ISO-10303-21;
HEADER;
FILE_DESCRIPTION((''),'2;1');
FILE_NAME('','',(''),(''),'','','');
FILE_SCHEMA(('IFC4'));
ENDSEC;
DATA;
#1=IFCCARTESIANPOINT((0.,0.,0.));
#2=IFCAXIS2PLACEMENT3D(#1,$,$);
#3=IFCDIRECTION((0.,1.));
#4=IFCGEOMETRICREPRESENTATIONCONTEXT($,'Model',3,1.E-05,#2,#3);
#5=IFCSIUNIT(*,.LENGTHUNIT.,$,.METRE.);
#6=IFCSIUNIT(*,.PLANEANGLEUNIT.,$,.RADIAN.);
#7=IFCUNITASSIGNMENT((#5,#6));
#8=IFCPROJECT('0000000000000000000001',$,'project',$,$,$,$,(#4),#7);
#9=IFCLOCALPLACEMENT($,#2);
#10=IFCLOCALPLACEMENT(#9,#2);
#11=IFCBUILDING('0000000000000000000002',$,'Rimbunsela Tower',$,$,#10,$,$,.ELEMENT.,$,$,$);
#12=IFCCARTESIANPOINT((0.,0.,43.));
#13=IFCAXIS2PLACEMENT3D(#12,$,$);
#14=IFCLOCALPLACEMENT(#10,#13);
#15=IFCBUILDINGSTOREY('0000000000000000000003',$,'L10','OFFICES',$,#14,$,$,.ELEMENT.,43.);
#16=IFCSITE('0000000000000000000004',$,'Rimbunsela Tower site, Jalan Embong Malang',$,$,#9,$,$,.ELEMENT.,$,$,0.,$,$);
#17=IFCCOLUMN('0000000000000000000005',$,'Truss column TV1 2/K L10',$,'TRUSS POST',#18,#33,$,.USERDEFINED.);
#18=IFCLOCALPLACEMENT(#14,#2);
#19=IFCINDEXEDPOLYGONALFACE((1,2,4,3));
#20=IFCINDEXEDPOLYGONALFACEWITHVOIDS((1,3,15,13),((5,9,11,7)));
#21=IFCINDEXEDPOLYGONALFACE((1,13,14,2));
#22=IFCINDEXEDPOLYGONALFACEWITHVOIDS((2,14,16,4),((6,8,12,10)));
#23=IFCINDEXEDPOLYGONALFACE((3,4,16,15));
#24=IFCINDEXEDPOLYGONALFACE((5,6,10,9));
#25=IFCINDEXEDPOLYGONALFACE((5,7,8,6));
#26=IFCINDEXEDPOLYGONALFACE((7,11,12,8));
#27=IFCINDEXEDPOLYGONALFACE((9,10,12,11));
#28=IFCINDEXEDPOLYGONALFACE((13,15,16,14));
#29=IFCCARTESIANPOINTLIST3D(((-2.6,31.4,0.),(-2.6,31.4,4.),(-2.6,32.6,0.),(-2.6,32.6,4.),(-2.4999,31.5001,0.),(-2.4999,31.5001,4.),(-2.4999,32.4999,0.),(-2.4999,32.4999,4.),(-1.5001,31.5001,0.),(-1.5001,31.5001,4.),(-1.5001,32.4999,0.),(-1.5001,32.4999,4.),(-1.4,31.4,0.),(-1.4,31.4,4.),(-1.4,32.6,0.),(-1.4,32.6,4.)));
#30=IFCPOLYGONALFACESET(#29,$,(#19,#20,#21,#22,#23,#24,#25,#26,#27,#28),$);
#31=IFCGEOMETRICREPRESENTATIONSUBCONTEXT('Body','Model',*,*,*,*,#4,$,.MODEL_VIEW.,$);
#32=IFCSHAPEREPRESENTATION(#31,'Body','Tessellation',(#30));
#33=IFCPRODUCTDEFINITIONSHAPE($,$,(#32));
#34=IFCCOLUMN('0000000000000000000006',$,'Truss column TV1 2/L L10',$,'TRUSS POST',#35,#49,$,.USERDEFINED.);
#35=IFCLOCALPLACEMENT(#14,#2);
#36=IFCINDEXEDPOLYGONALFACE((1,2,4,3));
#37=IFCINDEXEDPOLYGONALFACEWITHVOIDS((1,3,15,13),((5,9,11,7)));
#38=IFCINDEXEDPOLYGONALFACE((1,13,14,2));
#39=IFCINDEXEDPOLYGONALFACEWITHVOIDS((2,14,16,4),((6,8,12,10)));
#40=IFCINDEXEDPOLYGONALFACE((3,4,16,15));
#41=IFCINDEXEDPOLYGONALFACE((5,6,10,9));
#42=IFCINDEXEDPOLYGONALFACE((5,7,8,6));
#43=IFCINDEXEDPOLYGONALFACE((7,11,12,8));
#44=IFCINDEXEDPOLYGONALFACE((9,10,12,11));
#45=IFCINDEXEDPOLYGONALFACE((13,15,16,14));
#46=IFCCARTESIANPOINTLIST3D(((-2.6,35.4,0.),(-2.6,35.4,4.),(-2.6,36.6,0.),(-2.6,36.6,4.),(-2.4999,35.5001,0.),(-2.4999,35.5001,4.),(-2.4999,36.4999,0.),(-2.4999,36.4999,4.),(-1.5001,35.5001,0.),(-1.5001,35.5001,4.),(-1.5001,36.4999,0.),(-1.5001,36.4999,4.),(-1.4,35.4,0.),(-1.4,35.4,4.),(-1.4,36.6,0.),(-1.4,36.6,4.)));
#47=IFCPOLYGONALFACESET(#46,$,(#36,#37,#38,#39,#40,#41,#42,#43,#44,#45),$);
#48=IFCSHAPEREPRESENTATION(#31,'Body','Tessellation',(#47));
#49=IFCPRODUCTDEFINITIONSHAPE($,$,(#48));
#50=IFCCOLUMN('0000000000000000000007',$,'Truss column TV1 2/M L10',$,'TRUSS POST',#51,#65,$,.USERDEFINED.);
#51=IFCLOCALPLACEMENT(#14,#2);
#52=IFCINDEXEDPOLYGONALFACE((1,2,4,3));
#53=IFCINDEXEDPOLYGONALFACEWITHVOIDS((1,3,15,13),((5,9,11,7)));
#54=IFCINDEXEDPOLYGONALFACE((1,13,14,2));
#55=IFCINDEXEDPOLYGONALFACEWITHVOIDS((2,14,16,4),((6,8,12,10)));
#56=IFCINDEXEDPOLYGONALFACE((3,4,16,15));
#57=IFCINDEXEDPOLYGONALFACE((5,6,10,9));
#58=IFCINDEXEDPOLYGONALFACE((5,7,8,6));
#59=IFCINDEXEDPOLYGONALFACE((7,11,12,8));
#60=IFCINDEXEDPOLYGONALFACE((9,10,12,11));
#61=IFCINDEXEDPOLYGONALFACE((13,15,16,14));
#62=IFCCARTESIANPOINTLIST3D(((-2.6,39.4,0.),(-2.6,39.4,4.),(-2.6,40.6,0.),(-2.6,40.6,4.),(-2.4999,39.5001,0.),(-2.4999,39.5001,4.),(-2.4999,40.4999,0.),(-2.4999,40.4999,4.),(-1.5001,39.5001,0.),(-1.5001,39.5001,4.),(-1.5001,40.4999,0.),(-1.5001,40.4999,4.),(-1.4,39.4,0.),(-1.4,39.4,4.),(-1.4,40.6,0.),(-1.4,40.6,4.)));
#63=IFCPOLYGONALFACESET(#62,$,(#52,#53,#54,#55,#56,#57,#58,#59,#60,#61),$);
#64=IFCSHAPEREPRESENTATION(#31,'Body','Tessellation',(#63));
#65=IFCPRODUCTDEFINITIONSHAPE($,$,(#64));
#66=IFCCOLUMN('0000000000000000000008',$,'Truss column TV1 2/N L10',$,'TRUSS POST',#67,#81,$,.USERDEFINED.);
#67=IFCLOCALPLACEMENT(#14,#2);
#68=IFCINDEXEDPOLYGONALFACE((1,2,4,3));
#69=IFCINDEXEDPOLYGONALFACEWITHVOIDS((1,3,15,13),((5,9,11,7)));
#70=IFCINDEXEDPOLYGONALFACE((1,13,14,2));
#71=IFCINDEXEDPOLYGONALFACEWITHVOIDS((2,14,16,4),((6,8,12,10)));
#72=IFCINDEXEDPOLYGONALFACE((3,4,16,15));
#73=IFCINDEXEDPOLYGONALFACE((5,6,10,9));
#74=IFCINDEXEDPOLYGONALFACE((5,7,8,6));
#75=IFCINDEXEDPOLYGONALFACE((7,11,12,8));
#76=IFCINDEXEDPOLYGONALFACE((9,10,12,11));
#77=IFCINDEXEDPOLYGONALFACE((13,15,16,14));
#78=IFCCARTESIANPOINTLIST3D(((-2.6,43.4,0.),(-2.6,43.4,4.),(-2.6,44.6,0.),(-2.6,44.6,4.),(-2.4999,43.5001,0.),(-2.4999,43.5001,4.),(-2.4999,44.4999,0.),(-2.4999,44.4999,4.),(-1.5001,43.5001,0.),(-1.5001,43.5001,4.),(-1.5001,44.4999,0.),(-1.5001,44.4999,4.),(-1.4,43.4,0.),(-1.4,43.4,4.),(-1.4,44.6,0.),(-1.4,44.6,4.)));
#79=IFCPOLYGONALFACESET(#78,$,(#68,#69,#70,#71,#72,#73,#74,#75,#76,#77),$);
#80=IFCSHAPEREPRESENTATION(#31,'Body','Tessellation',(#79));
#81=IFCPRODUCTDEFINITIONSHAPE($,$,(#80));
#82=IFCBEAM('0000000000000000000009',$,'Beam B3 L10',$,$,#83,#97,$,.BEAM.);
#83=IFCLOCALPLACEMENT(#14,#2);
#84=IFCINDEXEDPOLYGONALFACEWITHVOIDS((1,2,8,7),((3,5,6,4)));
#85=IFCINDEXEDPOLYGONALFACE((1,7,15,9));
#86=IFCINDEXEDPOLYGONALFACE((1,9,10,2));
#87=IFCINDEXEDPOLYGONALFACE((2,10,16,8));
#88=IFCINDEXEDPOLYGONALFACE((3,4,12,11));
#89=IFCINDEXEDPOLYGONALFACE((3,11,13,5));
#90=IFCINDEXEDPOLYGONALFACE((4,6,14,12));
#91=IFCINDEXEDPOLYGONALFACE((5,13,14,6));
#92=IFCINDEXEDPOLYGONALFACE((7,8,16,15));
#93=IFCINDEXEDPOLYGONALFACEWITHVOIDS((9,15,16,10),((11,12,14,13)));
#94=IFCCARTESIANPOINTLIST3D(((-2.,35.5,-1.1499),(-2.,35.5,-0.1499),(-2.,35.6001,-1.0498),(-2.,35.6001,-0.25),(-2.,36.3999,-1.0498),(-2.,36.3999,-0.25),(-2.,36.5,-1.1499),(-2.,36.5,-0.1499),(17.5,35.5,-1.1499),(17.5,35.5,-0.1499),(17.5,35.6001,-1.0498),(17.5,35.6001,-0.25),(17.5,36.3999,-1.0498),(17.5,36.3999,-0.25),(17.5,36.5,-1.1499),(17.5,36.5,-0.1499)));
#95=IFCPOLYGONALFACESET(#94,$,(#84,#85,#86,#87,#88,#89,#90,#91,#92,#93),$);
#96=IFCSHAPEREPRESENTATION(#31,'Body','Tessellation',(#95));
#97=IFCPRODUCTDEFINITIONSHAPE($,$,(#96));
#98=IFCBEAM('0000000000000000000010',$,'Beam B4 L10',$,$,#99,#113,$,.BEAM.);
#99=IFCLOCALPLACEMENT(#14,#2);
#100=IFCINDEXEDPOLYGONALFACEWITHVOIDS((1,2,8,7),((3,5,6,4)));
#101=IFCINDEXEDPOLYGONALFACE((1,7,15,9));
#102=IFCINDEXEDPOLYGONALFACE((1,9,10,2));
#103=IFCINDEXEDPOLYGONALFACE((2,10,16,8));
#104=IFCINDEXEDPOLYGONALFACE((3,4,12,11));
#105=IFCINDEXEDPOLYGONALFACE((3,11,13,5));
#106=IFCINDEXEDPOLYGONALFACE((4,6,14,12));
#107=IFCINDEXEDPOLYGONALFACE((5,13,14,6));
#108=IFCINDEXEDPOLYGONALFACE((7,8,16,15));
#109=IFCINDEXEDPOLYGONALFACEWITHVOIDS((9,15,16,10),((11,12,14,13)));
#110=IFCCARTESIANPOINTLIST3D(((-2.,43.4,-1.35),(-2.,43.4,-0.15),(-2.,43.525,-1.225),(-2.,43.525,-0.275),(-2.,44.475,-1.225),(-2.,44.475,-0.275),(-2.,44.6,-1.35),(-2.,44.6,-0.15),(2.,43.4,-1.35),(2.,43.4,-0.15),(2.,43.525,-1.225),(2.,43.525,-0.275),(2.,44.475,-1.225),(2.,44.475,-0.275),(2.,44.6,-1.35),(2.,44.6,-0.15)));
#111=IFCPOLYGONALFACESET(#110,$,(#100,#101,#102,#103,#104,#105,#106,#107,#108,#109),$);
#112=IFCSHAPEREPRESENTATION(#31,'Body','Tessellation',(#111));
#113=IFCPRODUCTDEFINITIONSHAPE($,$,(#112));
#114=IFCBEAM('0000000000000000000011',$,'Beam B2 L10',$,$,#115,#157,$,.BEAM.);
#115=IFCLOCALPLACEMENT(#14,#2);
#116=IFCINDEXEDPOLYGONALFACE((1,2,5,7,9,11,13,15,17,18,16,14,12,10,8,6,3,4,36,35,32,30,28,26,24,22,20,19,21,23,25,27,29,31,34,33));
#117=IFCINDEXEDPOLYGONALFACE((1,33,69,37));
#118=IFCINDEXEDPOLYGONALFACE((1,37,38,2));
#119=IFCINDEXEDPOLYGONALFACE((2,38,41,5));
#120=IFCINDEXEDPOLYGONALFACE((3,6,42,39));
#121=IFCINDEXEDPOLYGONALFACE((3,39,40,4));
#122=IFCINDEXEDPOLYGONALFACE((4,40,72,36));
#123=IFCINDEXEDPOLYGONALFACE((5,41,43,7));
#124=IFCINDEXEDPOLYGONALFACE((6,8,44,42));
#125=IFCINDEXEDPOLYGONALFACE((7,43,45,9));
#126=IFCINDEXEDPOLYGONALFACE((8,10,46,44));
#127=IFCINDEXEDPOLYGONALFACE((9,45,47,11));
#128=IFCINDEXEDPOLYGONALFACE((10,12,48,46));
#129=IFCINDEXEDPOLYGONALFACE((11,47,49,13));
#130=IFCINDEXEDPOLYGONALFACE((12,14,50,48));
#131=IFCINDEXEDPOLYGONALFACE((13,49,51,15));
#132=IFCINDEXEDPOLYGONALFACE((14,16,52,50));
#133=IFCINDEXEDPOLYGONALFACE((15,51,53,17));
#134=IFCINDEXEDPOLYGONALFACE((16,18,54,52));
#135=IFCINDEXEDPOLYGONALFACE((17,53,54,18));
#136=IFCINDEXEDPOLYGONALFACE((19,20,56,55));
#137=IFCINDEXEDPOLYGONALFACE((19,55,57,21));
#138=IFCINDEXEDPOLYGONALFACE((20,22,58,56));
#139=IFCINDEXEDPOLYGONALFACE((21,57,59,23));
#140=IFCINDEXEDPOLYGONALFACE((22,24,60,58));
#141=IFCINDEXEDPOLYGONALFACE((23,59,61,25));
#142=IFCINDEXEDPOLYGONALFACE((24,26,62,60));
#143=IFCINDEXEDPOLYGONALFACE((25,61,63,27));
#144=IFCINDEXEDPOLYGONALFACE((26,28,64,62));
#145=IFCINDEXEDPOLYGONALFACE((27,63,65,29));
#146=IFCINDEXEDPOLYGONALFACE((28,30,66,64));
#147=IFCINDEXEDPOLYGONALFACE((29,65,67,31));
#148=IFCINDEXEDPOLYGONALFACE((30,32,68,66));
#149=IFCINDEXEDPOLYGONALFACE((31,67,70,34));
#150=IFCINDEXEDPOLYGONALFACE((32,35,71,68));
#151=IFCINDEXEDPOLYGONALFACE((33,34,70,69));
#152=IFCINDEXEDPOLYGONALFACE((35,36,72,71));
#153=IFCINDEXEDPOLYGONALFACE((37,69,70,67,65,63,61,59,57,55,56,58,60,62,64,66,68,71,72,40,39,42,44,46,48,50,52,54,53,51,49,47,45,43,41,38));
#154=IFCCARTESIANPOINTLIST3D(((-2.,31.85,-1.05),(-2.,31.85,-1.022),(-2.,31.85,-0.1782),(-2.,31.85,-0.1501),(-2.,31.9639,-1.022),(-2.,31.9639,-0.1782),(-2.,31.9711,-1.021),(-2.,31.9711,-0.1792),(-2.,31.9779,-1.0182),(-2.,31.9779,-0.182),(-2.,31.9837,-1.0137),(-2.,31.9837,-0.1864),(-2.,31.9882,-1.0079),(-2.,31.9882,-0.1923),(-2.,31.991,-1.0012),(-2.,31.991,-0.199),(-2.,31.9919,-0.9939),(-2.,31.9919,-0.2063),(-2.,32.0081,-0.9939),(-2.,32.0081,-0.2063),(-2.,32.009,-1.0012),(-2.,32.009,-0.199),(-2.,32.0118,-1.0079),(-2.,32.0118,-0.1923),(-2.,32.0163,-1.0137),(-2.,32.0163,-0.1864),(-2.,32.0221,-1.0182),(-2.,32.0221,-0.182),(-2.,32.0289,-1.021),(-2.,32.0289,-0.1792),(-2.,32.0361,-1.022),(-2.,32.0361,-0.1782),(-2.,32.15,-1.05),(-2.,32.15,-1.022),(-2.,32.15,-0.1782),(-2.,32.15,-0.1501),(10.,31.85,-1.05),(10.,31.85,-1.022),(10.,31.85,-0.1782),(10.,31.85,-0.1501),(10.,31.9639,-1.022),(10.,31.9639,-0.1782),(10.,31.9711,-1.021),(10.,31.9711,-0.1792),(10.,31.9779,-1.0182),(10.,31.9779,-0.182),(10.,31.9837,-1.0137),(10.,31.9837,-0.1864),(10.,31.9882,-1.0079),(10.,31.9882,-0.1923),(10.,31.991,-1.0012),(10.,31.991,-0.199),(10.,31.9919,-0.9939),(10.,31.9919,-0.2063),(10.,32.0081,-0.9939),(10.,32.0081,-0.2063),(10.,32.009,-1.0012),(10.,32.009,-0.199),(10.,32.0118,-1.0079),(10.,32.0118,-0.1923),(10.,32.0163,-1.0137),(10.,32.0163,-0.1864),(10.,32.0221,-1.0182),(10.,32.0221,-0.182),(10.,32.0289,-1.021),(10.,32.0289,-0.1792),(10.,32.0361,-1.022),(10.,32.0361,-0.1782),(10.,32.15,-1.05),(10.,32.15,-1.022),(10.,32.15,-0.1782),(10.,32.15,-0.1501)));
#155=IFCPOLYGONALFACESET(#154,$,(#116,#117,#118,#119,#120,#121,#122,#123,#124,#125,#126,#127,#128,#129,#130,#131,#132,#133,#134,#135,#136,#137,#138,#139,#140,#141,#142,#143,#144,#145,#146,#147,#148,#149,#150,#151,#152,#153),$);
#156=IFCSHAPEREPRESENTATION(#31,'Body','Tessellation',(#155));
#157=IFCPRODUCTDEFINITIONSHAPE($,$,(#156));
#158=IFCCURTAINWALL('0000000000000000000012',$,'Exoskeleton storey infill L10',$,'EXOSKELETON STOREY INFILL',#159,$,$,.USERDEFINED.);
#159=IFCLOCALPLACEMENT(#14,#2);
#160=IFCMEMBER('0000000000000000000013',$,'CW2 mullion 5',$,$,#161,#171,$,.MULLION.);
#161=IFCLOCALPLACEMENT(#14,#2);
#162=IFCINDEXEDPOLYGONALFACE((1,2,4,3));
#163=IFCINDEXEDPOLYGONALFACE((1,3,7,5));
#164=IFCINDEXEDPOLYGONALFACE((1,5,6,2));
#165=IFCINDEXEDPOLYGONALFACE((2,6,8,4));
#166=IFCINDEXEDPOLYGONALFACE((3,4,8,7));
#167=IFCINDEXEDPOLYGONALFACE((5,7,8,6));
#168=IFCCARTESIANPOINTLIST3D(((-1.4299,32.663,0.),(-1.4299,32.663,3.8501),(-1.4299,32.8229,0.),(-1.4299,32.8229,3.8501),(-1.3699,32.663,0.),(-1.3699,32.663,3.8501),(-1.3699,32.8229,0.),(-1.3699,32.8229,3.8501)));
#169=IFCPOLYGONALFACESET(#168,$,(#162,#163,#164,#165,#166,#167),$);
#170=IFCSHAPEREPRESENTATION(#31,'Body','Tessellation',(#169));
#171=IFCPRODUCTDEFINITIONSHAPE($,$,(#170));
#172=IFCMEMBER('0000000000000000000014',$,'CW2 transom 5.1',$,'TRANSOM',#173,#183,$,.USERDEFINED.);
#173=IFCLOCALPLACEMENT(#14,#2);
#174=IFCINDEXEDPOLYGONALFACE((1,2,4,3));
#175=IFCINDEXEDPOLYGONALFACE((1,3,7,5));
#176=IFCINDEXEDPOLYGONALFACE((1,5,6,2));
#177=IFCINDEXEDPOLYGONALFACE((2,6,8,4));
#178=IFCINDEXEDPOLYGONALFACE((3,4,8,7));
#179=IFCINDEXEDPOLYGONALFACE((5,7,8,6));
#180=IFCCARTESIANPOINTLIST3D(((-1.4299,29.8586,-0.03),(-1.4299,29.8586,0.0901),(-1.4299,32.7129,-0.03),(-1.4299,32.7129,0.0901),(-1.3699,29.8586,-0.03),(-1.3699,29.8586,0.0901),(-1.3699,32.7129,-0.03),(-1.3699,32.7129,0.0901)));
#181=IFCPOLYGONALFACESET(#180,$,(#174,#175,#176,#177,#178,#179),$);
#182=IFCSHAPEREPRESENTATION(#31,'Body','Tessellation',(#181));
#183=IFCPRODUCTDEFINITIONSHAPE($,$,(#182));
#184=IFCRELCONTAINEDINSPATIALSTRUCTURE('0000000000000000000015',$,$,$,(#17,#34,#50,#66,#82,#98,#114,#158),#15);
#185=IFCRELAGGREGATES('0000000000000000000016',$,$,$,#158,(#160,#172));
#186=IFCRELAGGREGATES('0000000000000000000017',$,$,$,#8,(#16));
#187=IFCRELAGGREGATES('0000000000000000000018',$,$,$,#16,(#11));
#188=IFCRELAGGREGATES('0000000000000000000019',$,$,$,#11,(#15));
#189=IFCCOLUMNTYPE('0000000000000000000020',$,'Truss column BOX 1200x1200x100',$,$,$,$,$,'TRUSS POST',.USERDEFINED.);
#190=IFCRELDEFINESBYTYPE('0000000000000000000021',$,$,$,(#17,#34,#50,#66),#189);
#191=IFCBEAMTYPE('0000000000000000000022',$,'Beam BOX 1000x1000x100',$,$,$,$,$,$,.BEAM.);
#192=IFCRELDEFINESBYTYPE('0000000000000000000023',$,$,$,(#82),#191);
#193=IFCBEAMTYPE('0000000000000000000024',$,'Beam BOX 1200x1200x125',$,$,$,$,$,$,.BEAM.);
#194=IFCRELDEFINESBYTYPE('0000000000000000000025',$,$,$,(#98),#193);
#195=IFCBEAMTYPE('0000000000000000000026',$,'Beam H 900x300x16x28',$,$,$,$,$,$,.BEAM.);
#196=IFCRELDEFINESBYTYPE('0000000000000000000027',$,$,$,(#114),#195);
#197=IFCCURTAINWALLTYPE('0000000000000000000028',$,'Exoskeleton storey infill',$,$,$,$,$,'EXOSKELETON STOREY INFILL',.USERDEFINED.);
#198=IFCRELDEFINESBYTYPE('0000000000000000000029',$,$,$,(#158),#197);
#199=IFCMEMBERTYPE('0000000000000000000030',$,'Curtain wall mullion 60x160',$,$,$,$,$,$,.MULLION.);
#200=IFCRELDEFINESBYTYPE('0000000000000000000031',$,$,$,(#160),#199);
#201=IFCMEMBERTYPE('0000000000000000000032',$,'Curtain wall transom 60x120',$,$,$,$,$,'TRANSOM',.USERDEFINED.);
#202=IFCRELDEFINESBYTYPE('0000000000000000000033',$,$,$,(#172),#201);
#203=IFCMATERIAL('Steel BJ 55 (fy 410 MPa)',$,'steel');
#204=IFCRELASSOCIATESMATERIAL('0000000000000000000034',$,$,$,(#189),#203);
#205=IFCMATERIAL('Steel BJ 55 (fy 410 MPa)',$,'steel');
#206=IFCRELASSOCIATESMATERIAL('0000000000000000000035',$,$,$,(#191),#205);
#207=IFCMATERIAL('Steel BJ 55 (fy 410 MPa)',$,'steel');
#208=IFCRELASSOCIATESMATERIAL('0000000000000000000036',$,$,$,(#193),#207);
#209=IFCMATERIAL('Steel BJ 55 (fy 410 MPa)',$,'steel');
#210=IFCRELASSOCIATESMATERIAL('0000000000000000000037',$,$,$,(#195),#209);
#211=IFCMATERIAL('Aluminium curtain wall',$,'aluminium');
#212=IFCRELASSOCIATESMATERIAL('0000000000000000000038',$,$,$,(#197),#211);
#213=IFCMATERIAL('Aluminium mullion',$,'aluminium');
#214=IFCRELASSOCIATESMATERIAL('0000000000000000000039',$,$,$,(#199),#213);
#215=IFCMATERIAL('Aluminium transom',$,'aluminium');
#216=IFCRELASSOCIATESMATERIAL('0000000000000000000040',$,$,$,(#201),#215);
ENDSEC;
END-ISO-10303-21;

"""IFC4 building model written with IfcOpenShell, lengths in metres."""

from ifc_helpers import new_model, si_unit, direction, frame, origin, origin_2d, place, context, subcontext, project, spatial, rectangle, hollow_rectangle, i_section, extrude, material, material_profile, profile_set, type_object, element, aggregate, save


model = new_model("IFC4")

# Units and contexts
model_context = context("Model", 3, precision=1e-05, world=origin(), true_north=direction((0.0, 1.0)))
body_context = subcontext(model_context, "Body", "Model", "MODEL_VIEW")
ifc_project = project(units=[si_unit("LENGTHUNIT", "METRE"), si_unit("PLANEANGLEUNIT", "RADIAN")], contexts=[model_context])

# Site, building, storey
site_placement = place(None, origin())
site = spatial("IfcSite", under=ifc_project, at=site_placement, Name="Rimbunsela Tower site, Jalan Embong Malang", CompositionType="ELEMENT", RefElevation=0.0)
building_placement = place(site_placement, origin())
building = spatial("IfcBuilding", under=site, at=building_placement, Name="Rimbunsela Tower", CompositionType="ELEMENT")
storey_placement = place(building_placement, frame((0.0, 0.0, 43.0)))
storey = spatial("IfcBuildingStorey", under=building, at=storey_placement, Name="L10", Description="OFFICES", CompositionType="ELEMENT", Elevation=43.0)

# Columns
ifc_material_1 = material(Name="Steel BJ 55 (fy 410 MPa)", Category="steel")
ifc_material_profile_1 = material_profile(ifc_material_1, hollow_rectangle(XDim=1.2, YDim=1.2, WallThickness=0.1001, at=origin_2d()), Name="BOX 1200x1200x100")
ifc_profile_set_1 = profile_set([ifc_material_profile_1], Name="Steel BJ 55 (fy 410 MPa)")
column_type = type_object("IfcColumnType", Name="Truss column BOX 1200x1200x100", ElementType="TRUSS POST", PredefinedType="USERDEFINED", material=ifc_profile_set_1)
for number, where, z_axis, x_axis, name in (
    (1, (-2.0, 32.0, 0.0), (0.0, 0.0, 1.0), (1.0, 0.0, 0.0), "Truss column TV1 2/K L10"),
    (2, (-2.0, 36.0, 0.0), (0.0, 0.0, 1.0), (1.0, 0.0, 0.0), "Truss column TV1 2/L L10"),
    (3, (-2.0, 40.0, 0.0), (0.0, 0.0, 1.0), (1.0, 0.0, 0.0), "Truss column TV1 2/M L10"),
    (4, (-2.0, 44.0, 0.0), (0.0, 0.0, 1.0), (1.0, 0.0, 0.0), "Truss column TV1 2/N L10"),
):
    element("IfcColumn", number, at=place(storey_placement, frame(where, z_axis=z_axis, x_axis=x_axis)), inside=storey, type_object=column_type, Name=name, ObjectType="TRUSS POST", PredefinedType="USERDEFINED", context=body_context, shape_type="SweptSolid", body=[
        extrude(hollow_rectangle(XDim=1.2, YDim=1.2, WallThickness=0.1001, at=origin_2d()), origin(), (0.0, 0.0, 1.0), 4.0),
    ])

# Beams
ifc_material_2 = material(Name="Steel BJ 55 (fy 410 MPa)", Category="steel")
ifc_material_profile_2 = material_profile(ifc_material_2, hollow_rectangle(XDim=1.0, YDim=1.0, WallThickness=0.1001, at=origin_2d()), Name="BOX 1000x1000x100")
ifc_profile_set_2 = profile_set([ifc_material_profile_2], Name="Steel BJ 55 (fy 410 MPa)")
beam_type_1 = type_object("IfcBeamType", Name="Beam BOX 1000x1000x100", PredefinedType="BEAM", material=ifc_profile_set_2)
beam_1_placement = place(storey_placement, frame((-2.0, 36.0, -0.6499), z_axis=(1.0, 0.0, 0.0), x_axis=(0.0, 1.0, 0.0)))
element("IfcBeam", 5, at=beam_1_placement, inside=storey, type_object=beam_type_1, Name="Beam B3 L10", PredefinedType="BEAM", context=body_context, shape_type="SweptSolid", body=[
    extrude(hollow_rectangle(XDim=1.0, YDim=1.0, WallThickness=0.1001, at=origin_2d()), origin(), (0.0, 0.0, 1.0), 19.5),
])
ifc_material_3 = material(Name="Steel BJ 55 (fy 410 MPa)", Category="steel")
ifc_material_profile_3 = material_profile(ifc_material_3, hollow_rectangle(XDim=1.2, YDim=1.2, WallThickness=0.125, at=origin_2d()), Name="BOX 1200x1200x125")
ifc_profile_set_3 = profile_set([ifc_material_profile_3], Name="Steel BJ 55 (fy 410 MPa)")
beam_type_2 = type_object("IfcBeamType", Name="Beam BOX 1200x1200x125", PredefinedType="BEAM", material=ifc_profile_set_3)
beam_2_placement = place(storey_placement, frame((-2.0, 44.0, -0.75), z_axis=(1.0, 0.0, 0.0), x_axis=(0.0, 1.0, 0.0)))
element("IfcBeam", 6, at=beam_2_placement, inside=storey, type_object=beam_type_2, Name="Beam B4 L10", PredefinedType="BEAM", context=body_context, shape_type="SweptSolid", body=[
    extrude(hollow_rectangle(XDim=1.2, YDim=1.2, WallThickness=0.125, at=origin_2d()), origin(), (0.0, 0.0, 1.0), 4.0),
])
ifc_material_4 = material(Name="Steel BJ 55 (fy 410 MPa)", Category="steel")
ifc_material_profile_4 = material_profile(ifc_material_4, i_section(OverallWidth=0.3, OverallDepth=0.8999, WebThickness=0.0161, FlangeThickness=0.0281, FilletRadius=0.0281, at=origin_2d()), Name="H 900x300x16x28")
ifc_profile_set_4 = profile_set([ifc_material_profile_4], Name="Steel BJ 55 (fy 410 MPa)")
beam_type_3 = type_object("IfcBeamType", Name="Beam H 900x300x16x28", PredefinedType="BEAM", material=ifc_profile_set_4)
beam_3_placement = place(storey_placement, frame((-2.0, 32.0, -0.6001), z_axis=(1.0, 0.0, 0.0), x_axis=(0.0, 1.0, 0.0)))
element("IfcBeam", 7, at=beam_3_placement, inside=storey, type_object=beam_type_3, Name="Beam B2 L10", PredefinedType="BEAM", context=body_context, shape_type="SweptSolid", body=[
    extrude(i_section(OverallWidth=0.3, OverallDepth=0.8999, WebThickness=0.0161, FlangeThickness=0.0281, FilletRadius=0.0281, at=origin_2d()), origin(), (0.0, 0.0, 1.0), 12.0),
])

# Curtain wall, members
ifc_material_5 = material(Name="Aluminium curtain wall", Category="aluminium")
curtain_wall_type = type_object("IfcCurtainWallType", Name="Exoskeleton storey infill", ElementType="EXOSKELETON STOREY INFILL", PredefinedType="USERDEFINED", material=ifc_material_5)
curtain_wall_placement = place(storey_placement, origin())
curtain_wall = element("IfcCurtainWall", 8, at=curtain_wall_placement, inside=storey, type_object=curtain_wall_type, Name="Exoskeleton storey infill L10", ObjectType="EXOSKELETON STOREY INFILL", PredefinedType="USERDEFINED")
ifc_material_6 = material(Name="Aluminium mullion", Category="aluminium")
ifc_material_profile_5 = material_profile(ifc_material_6, rectangle(XDim=0.0601, YDim=0.1599, at=origin_2d()), Name="Mullion 60x160")
ifc_profile_set_5 = profile_set([ifc_material_profile_5], Name="Aluminium mullion")
member_type_1 = type_object("IfcMemberType", Name="Curtain wall mullion 60x160", PredefinedType="MULLION", material=ifc_profile_set_5)
member_1_placement = place(storey_placement, frame((-1.3999, 32.7429, 0.0), z_axis=(0.0, 0.0, 1.0), x_axis=(1.0, 0.0, 0.0)))
member_1 = element("IfcMember", 9, at=member_1_placement, type_object=member_type_1, Name="CW2 mullion 5", PredefinedType="MULLION", context=body_context, shape_type="SweptSolid", body=[
    extrude(rectangle(XDim=0.0601, YDim=0.1599, at=origin_2d()), origin(), (0.0, 0.0, 1.0), 3.8501),
])
ifc_material_7 = material(Name="Aluminium transom", Category="aluminium")
ifc_material_profile_6 = material_profile(ifc_material_7, rectangle(XDim=0.0601, YDim=0.1201, at=origin_2d()), Name="Transom 60x120")
ifc_profile_set_6 = profile_set([ifc_material_profile_6], Name="Aluminium transom")
member_type_2 = type_object("IfcMemberType", Name="Curtain wall transom 60x120", ElementType="TRANSOM", PredefinedType="USERDEFINED", material=ifc_profile_set_6)
member_2_placement = place(storey_placement, frame((-1.3999, 32.7129, 0.03), z_axis=(0.0, -1.0, 0.0), x_axis=(1.0, 0.0, 0.0)))
member_2 = element("IfcMember", 10, at=member_2_placement, type_object=member_type_2, Name="CW2 transom 5.1", ObjectType="TRANSOM", PredefinedType="USERDEFINED", context=body_context, shape_type="SweptSolid", body=[
    extrude(rectangle(XDim=0.0601, YDim=0.1201, at=origin_2d()), origin(), (0.0, 0.0, 1.0), 2.8542),
])

aggregate(curtain_wall, [member_1, member_2])

save(model, "model.ifc")
